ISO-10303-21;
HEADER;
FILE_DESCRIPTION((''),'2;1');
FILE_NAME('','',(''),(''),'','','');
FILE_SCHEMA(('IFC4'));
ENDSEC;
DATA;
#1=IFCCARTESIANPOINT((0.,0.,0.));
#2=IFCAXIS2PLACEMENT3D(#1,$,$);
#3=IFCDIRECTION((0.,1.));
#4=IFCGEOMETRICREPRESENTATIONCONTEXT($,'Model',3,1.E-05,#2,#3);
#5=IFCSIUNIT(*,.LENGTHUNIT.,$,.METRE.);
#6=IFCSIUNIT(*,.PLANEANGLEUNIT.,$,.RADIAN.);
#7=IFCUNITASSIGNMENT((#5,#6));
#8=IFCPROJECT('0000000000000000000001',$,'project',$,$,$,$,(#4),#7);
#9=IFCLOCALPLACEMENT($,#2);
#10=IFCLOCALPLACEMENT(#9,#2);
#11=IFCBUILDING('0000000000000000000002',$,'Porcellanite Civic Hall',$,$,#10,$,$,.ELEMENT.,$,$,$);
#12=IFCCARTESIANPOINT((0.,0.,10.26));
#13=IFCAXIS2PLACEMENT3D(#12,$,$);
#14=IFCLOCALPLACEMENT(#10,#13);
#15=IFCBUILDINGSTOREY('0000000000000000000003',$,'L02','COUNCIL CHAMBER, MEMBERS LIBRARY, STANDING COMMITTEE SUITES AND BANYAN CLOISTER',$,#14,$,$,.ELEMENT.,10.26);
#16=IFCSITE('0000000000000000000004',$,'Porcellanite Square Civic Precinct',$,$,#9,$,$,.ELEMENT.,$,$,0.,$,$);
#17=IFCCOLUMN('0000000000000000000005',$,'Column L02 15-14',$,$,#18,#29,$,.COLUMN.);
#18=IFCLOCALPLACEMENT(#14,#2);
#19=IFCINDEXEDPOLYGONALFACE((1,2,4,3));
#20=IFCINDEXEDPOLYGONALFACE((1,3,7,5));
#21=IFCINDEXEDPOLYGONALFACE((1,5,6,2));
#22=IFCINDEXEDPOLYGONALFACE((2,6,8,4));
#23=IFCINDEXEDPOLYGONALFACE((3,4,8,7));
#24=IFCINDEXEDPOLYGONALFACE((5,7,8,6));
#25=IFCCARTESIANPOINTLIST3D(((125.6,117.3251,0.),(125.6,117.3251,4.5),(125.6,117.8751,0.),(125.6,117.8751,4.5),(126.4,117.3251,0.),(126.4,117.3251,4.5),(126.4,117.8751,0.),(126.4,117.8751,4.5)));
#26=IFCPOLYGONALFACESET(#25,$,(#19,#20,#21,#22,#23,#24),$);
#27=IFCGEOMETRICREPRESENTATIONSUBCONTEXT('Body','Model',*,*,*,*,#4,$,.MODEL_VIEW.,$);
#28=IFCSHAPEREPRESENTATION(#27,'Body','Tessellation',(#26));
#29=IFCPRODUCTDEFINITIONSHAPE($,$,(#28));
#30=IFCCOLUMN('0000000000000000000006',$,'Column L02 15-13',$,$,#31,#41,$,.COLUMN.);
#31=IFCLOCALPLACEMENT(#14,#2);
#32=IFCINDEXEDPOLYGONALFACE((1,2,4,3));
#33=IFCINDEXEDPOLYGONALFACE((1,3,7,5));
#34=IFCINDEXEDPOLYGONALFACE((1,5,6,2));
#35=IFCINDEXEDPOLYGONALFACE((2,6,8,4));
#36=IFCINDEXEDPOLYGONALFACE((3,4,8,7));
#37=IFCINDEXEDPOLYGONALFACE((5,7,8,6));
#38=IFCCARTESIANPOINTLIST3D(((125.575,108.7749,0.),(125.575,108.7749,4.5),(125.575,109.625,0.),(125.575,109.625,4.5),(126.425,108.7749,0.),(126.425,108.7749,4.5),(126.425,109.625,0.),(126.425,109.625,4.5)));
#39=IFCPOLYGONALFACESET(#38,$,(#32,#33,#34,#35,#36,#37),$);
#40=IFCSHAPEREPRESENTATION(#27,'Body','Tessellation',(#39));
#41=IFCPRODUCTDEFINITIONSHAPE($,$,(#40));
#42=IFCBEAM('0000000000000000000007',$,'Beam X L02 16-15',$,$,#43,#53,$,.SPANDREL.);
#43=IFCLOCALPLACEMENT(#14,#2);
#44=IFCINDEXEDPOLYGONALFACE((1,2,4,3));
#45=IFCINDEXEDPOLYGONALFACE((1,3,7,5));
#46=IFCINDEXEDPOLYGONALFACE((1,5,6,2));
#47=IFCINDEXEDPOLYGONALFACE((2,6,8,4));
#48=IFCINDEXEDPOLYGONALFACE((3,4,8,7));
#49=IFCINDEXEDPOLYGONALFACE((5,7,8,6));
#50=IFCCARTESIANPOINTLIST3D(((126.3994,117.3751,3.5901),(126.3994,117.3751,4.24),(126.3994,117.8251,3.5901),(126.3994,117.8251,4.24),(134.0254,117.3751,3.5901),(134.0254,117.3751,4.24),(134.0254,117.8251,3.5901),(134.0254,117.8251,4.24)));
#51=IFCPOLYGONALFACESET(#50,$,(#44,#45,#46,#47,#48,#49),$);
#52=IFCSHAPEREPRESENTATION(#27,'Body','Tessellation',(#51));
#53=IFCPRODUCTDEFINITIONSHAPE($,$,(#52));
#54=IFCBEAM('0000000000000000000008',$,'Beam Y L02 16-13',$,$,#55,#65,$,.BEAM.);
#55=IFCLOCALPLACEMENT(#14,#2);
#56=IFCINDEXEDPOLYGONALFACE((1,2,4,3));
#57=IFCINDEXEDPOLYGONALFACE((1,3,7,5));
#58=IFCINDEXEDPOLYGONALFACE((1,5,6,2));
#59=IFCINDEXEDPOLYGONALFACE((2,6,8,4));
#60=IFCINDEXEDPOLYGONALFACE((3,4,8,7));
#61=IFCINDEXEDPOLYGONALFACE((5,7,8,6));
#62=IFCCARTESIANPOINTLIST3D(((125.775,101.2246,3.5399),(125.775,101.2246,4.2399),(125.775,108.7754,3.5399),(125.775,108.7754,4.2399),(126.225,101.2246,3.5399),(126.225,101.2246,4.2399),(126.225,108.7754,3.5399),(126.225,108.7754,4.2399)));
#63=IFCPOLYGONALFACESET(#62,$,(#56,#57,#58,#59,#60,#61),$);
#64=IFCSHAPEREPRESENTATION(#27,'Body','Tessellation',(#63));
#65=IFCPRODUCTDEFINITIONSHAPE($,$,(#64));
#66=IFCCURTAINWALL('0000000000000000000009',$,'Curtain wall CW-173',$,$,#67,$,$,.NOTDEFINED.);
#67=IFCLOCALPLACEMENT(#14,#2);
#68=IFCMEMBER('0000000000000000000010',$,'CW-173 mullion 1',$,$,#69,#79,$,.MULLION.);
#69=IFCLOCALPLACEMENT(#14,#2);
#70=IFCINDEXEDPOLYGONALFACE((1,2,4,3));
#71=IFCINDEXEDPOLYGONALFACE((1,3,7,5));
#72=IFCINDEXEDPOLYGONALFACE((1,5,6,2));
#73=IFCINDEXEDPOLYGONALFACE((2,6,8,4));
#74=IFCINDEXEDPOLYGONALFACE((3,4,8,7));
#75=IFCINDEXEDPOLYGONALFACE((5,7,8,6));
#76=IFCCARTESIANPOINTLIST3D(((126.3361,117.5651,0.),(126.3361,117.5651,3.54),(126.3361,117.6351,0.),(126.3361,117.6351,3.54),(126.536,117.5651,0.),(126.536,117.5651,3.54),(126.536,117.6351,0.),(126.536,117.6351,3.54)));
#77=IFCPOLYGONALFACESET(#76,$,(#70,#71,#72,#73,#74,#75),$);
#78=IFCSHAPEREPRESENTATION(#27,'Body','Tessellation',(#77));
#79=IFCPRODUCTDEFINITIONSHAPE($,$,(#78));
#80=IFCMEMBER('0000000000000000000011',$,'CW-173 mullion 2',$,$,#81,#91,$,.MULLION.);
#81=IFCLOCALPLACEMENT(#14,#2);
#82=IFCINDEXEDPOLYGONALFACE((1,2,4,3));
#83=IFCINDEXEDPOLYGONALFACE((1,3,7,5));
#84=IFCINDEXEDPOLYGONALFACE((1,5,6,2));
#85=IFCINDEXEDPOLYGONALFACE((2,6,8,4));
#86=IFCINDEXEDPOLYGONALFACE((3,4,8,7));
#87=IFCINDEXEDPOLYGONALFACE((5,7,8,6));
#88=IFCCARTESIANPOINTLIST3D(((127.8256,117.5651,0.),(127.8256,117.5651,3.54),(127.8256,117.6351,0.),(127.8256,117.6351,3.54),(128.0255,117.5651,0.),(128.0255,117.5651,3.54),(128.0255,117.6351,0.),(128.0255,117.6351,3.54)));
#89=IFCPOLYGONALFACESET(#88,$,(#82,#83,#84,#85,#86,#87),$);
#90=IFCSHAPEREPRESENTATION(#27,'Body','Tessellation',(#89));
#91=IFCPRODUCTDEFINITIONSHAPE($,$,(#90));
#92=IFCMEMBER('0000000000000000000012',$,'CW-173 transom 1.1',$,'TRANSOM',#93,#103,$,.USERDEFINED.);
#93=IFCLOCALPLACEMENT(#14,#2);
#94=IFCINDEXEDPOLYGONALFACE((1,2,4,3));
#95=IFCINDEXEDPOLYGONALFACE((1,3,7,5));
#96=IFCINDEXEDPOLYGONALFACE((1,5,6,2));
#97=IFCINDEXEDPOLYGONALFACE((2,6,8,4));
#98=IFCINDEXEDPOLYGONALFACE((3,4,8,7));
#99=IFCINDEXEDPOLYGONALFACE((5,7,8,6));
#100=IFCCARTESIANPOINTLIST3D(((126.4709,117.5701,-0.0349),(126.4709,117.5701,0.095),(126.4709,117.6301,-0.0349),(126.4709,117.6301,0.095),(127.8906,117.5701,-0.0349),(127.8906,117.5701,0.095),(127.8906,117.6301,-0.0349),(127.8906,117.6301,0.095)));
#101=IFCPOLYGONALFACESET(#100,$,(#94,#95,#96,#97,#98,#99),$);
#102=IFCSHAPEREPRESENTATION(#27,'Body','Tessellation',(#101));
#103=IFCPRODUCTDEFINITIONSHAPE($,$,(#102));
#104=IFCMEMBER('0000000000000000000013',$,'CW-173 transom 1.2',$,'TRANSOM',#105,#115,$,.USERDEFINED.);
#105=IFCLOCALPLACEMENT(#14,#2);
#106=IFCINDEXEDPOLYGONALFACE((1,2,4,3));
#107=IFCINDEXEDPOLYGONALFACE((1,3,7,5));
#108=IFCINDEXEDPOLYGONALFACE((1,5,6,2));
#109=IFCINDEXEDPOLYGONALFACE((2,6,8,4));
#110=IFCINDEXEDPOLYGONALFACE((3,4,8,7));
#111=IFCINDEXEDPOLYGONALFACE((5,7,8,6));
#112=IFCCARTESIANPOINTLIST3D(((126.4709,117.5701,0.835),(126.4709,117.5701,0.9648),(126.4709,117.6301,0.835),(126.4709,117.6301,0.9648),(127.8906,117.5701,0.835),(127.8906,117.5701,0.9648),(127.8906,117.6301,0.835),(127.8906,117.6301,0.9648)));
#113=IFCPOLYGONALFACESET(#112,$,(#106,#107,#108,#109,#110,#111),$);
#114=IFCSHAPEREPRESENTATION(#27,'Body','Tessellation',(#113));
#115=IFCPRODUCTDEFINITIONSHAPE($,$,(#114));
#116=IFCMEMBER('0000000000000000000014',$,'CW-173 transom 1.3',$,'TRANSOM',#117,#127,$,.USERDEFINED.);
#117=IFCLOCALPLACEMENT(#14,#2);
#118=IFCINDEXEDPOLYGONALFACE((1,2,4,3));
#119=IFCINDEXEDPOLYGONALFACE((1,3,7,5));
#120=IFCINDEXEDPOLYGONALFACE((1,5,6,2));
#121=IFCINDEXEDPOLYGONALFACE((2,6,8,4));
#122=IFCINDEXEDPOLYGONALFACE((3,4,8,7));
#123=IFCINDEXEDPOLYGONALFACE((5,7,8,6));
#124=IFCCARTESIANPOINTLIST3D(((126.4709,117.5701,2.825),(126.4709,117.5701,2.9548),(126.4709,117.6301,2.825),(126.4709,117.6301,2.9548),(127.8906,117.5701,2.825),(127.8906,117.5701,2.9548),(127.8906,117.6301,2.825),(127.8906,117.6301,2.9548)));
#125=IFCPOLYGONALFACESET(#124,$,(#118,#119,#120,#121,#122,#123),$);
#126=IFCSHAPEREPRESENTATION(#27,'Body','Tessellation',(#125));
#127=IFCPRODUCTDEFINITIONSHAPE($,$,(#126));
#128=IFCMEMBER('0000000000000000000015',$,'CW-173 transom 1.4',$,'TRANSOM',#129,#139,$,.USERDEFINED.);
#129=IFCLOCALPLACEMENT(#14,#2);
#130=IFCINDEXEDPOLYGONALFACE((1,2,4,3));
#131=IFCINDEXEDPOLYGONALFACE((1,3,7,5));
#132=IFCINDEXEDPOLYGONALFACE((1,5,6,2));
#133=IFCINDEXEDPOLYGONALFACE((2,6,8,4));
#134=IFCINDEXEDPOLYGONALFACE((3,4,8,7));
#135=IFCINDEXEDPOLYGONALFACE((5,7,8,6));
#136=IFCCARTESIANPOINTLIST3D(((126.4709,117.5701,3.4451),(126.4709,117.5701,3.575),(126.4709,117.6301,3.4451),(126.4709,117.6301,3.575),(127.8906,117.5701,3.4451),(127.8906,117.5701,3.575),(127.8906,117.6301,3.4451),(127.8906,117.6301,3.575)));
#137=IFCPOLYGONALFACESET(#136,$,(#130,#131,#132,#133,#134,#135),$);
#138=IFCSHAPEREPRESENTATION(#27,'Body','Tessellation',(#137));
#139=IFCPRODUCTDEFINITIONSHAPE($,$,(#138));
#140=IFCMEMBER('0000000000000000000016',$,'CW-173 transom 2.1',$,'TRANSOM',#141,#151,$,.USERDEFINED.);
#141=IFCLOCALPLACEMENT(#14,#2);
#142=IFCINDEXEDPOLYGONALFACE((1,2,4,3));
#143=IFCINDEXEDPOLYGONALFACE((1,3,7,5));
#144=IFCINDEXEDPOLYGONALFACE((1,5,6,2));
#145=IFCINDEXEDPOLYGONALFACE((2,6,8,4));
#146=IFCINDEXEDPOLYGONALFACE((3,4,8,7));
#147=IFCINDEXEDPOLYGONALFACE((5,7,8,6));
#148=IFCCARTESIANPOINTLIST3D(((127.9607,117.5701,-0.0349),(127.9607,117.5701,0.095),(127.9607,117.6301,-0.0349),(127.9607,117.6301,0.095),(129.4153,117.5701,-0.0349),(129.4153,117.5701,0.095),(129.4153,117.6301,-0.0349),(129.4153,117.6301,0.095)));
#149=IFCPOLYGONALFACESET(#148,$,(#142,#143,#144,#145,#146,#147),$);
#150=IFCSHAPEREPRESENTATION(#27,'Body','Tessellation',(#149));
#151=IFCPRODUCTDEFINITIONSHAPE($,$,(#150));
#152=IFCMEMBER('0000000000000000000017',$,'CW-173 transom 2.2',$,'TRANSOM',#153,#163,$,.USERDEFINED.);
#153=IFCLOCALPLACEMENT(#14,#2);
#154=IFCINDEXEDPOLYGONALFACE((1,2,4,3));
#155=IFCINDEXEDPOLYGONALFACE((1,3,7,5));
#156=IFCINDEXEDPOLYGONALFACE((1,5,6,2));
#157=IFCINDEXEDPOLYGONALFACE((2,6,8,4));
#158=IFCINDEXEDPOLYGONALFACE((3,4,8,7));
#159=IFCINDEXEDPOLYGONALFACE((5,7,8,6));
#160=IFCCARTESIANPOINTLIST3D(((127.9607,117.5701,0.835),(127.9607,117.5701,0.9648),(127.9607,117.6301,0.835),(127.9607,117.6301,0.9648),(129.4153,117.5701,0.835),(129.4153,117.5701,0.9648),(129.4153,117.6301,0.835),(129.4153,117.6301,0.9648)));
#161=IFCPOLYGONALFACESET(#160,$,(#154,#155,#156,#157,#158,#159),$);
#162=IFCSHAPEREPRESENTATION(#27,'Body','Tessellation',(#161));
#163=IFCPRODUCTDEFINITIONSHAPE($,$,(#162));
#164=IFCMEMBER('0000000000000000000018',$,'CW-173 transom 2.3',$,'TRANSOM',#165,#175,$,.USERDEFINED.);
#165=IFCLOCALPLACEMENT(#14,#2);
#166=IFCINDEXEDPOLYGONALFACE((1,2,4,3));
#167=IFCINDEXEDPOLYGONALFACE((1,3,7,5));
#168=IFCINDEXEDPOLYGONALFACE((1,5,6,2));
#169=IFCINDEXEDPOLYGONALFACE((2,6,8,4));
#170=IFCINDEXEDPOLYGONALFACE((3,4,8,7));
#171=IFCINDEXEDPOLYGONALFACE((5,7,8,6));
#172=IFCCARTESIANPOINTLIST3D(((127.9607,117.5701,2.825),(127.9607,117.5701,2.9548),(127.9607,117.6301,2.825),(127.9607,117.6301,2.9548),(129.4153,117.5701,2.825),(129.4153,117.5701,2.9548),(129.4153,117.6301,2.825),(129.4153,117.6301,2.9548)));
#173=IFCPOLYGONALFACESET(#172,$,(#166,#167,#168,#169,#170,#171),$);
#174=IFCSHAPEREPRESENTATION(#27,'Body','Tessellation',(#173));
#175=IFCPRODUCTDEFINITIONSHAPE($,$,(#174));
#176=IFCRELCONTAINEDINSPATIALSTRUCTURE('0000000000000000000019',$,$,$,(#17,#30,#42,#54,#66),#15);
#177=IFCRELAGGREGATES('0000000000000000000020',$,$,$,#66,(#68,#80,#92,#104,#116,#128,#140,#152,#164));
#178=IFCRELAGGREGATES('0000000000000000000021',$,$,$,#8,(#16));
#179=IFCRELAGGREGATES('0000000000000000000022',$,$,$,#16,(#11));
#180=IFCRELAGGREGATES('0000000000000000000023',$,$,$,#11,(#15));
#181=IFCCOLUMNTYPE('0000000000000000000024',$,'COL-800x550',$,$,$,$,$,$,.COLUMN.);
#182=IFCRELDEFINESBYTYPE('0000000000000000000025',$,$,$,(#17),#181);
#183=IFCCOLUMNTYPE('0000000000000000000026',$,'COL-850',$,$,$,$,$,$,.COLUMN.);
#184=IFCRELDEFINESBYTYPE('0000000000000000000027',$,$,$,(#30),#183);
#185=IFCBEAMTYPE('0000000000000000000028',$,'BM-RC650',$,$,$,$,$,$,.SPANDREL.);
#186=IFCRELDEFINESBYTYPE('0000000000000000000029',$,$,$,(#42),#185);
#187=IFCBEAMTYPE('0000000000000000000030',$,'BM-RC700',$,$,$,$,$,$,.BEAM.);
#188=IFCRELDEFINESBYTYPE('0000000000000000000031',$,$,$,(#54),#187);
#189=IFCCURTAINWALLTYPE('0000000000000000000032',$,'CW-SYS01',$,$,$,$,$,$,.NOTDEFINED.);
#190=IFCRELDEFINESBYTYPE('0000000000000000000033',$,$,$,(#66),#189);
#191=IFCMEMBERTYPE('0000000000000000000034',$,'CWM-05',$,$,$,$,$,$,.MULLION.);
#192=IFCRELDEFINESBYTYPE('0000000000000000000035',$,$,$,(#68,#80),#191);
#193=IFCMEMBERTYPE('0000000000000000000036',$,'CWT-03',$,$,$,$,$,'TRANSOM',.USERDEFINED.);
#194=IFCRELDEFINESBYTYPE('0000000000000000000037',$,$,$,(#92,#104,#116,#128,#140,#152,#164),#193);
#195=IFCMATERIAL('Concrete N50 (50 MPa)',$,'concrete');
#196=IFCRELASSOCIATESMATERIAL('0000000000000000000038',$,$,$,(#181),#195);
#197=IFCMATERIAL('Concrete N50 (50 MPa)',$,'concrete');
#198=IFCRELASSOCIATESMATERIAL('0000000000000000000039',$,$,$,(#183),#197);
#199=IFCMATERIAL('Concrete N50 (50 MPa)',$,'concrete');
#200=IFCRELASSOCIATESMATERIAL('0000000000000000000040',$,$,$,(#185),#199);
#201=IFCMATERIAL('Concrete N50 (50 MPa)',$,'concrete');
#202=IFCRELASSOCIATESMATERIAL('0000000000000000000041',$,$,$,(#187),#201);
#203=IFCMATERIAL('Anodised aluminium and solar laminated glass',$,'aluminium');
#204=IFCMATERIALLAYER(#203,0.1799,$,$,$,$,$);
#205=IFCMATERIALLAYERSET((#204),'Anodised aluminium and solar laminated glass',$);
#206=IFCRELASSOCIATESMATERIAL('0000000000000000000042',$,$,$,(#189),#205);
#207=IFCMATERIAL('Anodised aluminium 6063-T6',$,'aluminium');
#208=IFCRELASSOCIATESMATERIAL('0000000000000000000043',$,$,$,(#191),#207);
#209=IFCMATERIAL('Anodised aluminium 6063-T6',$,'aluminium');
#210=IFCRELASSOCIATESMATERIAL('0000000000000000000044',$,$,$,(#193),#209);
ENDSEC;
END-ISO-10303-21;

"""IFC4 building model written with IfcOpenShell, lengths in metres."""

from ifc_helpers import new_model, si_unit, direction, frame, origin, origin_2d, place, context, subcontext, project, spatial, rectangle, extrude, material, layer, layer_set, material_profile, profile_set, type_object, element, aggregate, save


model = new_model("IFC4")

# Units and contexts
model_context = context("Model", 3, precision=1e-05, world=origin(), true_north=direction((0.0, 1.0)))
body_context = subcontext(model_context, "Body", "Model", "MODEL_VIEW")
ifc_project = project(units=[si_unit("LENGTHUNIT", "METRE"), si_unit("PLANEANGLEUNIT", "RADIAN")], contexts=[model_context])

# Site, building, storey
site_placement = place(None, origin())
site = spatial("IfcSite", under=ifc_project, at=site_placement, Name="Porcellanite Square Civic Precinct", CompositionType="ELEMENT", RefElevation=0.0)
building_placement = place(site_placement, origin())
building = spatial("IfcBuilding", under=site, at=building_placement, Name="Porcellanite Civic Hall", CompositionType="ELEMENT")
storey_placement = place(building_placement, frame((0.0, 0.0, 10.26)))
storey = spatial("IfcBuildingStorey", under=building, at=storey_placement, Name="L02", Description="COUNCIL CHAMBER, MEMBERS LIBRARY, STANDING COMMITTEE SUITES AND BANYAN CLOISTER", CompositionType="ELEMENT", Elevation=10.26)

# Columns
ifc_material_1 = material(Name="Concrete N50 (50 MPa)", Category="concrete")
ifc_material_profile_1 = material_profile(ifc_material_1, rectangle(XDim=0.8, YDim=0.55, at=origin_2d()), Name="RC-800x550")
ifc_profile_set_1 = profile_set([ifc_material_profile_1], Name="Concrete N50 (50 MPa)")
column_type_1 = type_object("IfcColumnType", Name="COL-800x550", PredefinedType="COLUMN", material=ifc_profile_set_1)
column_1_placement = place(storey_placement, frame((126.0, 117.6001, 0.0), z_axis=(0.0, 0.0, 1.0), x_axis=(1.0, 0.0, 0.0)))
element("IfcColumn", 1, at=column_1_placement, inside=storey, type_object=column_type_1, Name="Column L02 15-14", PredefinedType="COLUMN", context=body_context, shape_type="SweptSolid", body=[
    extrude(rectangle(XDim=0.8, YDim=0.55, at=origin_2d()), origin(), (0.0, 0.0, 1.0), 4.5),
])
ifc_material_2 = material(Name="Concrete N50 (50 MPa)", Category="concrete")
ifc_material_profile_2 = material_profile(ifc_material_2, rectangle(XDim=0.8501, YDim=0.8501, at=origin_2d()), Name="RC-850x850")
ifc_profile_set_2 = profile_set([ifc_material_profile_2], Name="Concrete N50 (50 MPa)")
column_type_2 = type_object("IfcColumnType", Name="COL-850", PredefinedType="COLUMN", material=ifc_profile_set_2)
column_2_placement = place(storey_placement, frame((126.0, 109.2, 0.0), z_axis=(0.0, 0.0, 1.0), x_axis=(1.0, 0.0, 0.0)))
element("IfcColumn", 2, at=column_2_placement, inside=storey, type_object=column_type_2, Name="Column L02 15-13", PredefinedType="COLUMN", context=body_context, shape_type="SweptSolid", body=[
    extrude(rectangle(XDim=0.8501, YDim=0.8501, at=origin_2d()), origin(), (0.0, 0.0, 1.0), 4.5),
])

# Beams
ifc_material_3 = material(Name="Concrete N50 (50 MPa)", Category="concrete")
ifc_material_profile_3 = material_profile(ifc_material_3, rectangle(XDim=0.45, YDim=0.6499, at=origin_2d()), Name="RC-450x650")
ifc_profile_set_3 = profile_set([ifc_material_profile_3], Name="Concrete N50 (50 MPa)")
beam_type_1 = type_object("IfcBeamType", Name="BM-RC650", PredefinedType="SPANDREL", material=ifc_profile_set_3)
beam_1_placement = place(storey_placement, frame((126.3994, 117.6001, 3.915), z_axis=(1.0, 0.0, 0.0), x_axis=(0.0, 1.0, 0.0)))
element("IfcBeam", 3, at=beam_1_placement, inside=storey, type_object=beam_type_1, Name="Beam X L02 16-15", PredefinedType="SPANDREL", context=body_context, shape_type="SweptSolid", body=[
    extrude(rectangle(XDim=0.45, YDim=0.6499, at=origin_2d()), origin(), (0.0, 0.0, 1.0), 7.626),
])
ifc_material_4 = material(Name="Concrete N50 (50 MPa)", Category="concrete")
ifc_material_profile_4 = material_profile(ifc_material_4, rectangle(XDim=0.45, YDim=0.7, at=origin_2d()), Name="RC-450x700")
ifc_profile_set_4 = profile_set([ifc_material_profile_4], Name="Concrete N50 (50 MPa)")
beam_type_2 = type_object("IfcBeamType", Name="BM-RC700", PredefinedType="BEAM", material=ifc_profile_set_4)
beam_2_placement = place(storey_placement, frame((126.0, 101.2246, 3.8899), z_axis=(0.0, 1.0, 0.0), x_axis=(-1.0, 0.0, 0.0)))
element("IfcBeam", 4, at=beam_2_placement, inside=storey, type_object=beam_type_2, Name="Beam Y L02 16-13", PredefinedType="BEAM", context=body_context, shape_type="SweptSolid", body=[
    extrude(rectangle(XDim=0.45, YDim=0.7, at=origin_2d()), origin(), (0.0, 0.0, 1.0), 7.5508),
])

# Curtain wall, members
ifc_material_5 = material(Name="Anodised aluminium and solar laminated glass", Category="aluminium")
ifc_layer_1 = layer(ifc_material_5, 0.1799)
ifc_layer_set_1 = layer_set([ifc_layer_1], Name="Anodised aluminium and solar laminated glass")
curtain_wall_type = type_object("IfcCurtainWallType", Name="CW-SYS01", PredefinedType="NOTDEFINED", material=ifc_layer_set_1)
curtain_wall_placement = place(storey_placement, origin())
curtain_wall = element("IfcCurtainWall", 5, at=curtain_wall_placement, inside=storey, type_object=curtain_wall_type, Name="Curtain wall CW-173", PredefinedType="NOTDEFINED")
ifc_material_6 = material(Name="Anodised aluminium 6063-T6", Category="aluminium")
ifc_material_profile_5 = material_profile(ifc_material_6, rectangle(XDim=0.0701, YDim=0.2, at=origin_2d()), Name="AL-70x200")
ifc_profile_set_5 = profile_set([ifc_material_profile_5], Name="Anodised aluminium 6063-T6")
member_type_1 = type_object("IfcMemberType", Name="CWM-05", PredefinedType="MULLION", material=ifc_profile_set_5)
member_1_placement = place(storey_placement, frame((126.436, 117.6001, 0.0), z_axis=(0.0, 0.0, 1.0), x_axis=(0.0, 1.0, 0.0)))
member_1 = element("IfcMember", 6, at=member_1_placement, type_object=member_type_1, Name="CW-173 mullion 1", PredefinedType="MULLION", context=body_context, shape_type="SweptSolid", body=[
    extrude(rectangle(XDim=0.0701, YDim=0.2, at=origin_2d()), origin(), (0.0, 0.0, 1.0), 3.54),
])
member_2_placement = place(storey_placement, frame((127.9255, 117.6001, 0.0), z_axis=(0.0, 0.0, 1.0), x_axis=(0.0, 1.0, 0.0)))
member_2 = element("IfcMember", 7, at=member_2_placement, type_object=member_type_1, Name="CW-173 mullion 2", PredefinedType="MULLION", context=body_context, shape_type="SweptSolid", body=[
    extrude(rectangle(XDim=0.0701, YDim=0.2, at=origin_2d()), origin(), (0.0, 0.0, 1.0), 3.54),
])
ifc_material_7 = material(Name="Anodised aluminium 6063-T6", Category="aluminium")
ifc_material_profile_6 = material_profile(ifc_material_7, rectangle(XDim=0.0601, YDim=0.1299, at=origin_2d()), Name="AL-60x130")
ifc_profile_set_6 = profile_set([ifc_material_profile_6], Name="Anodised aluminium 6063-T6")
member_type_2 = type_object("IfcMemberType", Name="CWT-03", ElementType="TRANSOM", PredefinedType="USERDEFINED", material=ifc_profile_set_6)
member_3_placement = place(storey_placement, frame((126.4709, 117.6001, 0.03), z_axis=(1.0, 0.0, 0.0), x_axis=(0.0, 1.0, 0.0)))
member_3 = element("IfcMember", 8, at=member_3_placement, type_object=member_type_2, Name="CW-173 transom 1.1", ObjectType="TRANSOM", PredefinedType="USERDEFINED", context=body_context, shape_type="SweptSolid", body=[
    extrude(rectangle(XDim=0.0601, YDim=0.1299, at=origin_2d()), origin(), (0.0, 0.0, 1.0), 1.4197),
])
member_4_placement = place(storey_placement, frame((126.4709, 117.6001, 0.8999), z_axis=(1.0, 0.0, 0.0), x_axis=(0.0, 1.0, 0.0)))
member_4 = element("IfcMember", 9, at=member_4_placement, type_object=member_type_2, Name="CW-173 transom 1.2", ObjectType="TRANSOM", PredefinedType="USERDEFINED", context=body_context, shape_type="SweptSolid", body=[
    extrude(rectangle(XDim=0.0601, YDim=0.1299, at=origin_2d()), origin(), (0.0, 0.0, 1.0), 1.4197),
])
member_5_placement = place(storey_placement, frame((126.4709, 117.6001, 2.8899), z_axis=(1.0, 0.0, 0.0), x_axis=(0.0, 1.0, 0.0)))
member_5 = element("IfcMember", 10, at=member_5_placement, type_object=member_type_2, Name="CW-173 transom 1.3", ObjectType="TRANSOM", PredefinedType="USERDEFINED", context=body_context, shape_type="SweptSolid", body=[
    extrude(rectangle(XDim=0.0601, YDim=0.1299, at=origin_2d()), origin(), (0.0, 0.0, 1.0), 1.4197),
])
member_6_placement = place(storey_placement, frame((126.4709, 117.6001, 3.51), z_axis=(1.0, 0.0, 0.0), x_axis=(0.0, 1.0, 0.0)))
member_6 = element("IfcMember", 11, at=member_6_placement, type_object=member_type_2, Name="CW-173 transom 1.4", ObjectType="TRANSOM", PredefinedType="USERDEFINED", context=body_context, shape_type="SweptSolid", body=[
    extrude(rectangle(XDim=0.0601, YDim=0.1299, at=origin_2d()), origin(), (0.0, 0.0, 1.0), 1.4197),
])
member_7_placement = place(storey_placement, frame((127.9607, 117.6001, 0.03), z_axis=(1.0, 0.0, 0.0), x_axis=(0.0, 1.0, 0.0)))
member_7 = element("IfcMember", 12, at=member_7_placement, type_object=member_type_2, Name="CW-173 transom 2.1", ObjectType="TRANSOM", PredefinedType="USERDEFINED", context=body_context, shape_type="SweptSolid", body=[
    extrude(rectangle(XDim=0.0601, YDim=0.1299, at=origin_2d()), origin(), (0.0, 0.0, 1.0), 1.4546),
])
member_8_placement = place(storey_placement, frame((127.9607, 117.6001, 0.8999), z_axis=(1.0, 0.0, 0.0), x_axis=(0.0, 1.0, 0.0)))
member_8 = element("IfcMember", 13, at=member_8_placement, type_object=member_type_2, Name="CW-173 transom 2.2", ObjectType="TRANSOM", PredefinedType="USERDEFINED", context=body_context, shape_type="SweptSolid", body=[
    extrude(rectangle(XDim=0.0601, YDim=0.1299, at=origin_2d()), origin(), (0.0, 0.0, 1.0), 1.4546),
])
member_9_placement = place(storey_placement, frame((127.9607, 117.6001, 2.8899), z_axis=(1.0, 0.0, 0.0), x_axis=(0.0, 1.0, 0.0)))
member_9 = element("IfcMember", 14, at=member_9_placement, type_object=member_type_2, Name="CW-173 transom 2.3", ObjectType="TRANSOM", PredefinedType="USERDEFINED", context=body_context, shape_type="SweptSolid", body=[
    extrude(rectangle(XDim=0.0601, YDim=0.1299, at=origin_2d()), origin(), (0.0, 0.0, 1.0), 1.4546),
])

aggregate(curtain_wall, [member_1, member_2, member_3, member_4, member_5, member_6, member_7, member_8, member_9])

save(model, "model.ifc")
